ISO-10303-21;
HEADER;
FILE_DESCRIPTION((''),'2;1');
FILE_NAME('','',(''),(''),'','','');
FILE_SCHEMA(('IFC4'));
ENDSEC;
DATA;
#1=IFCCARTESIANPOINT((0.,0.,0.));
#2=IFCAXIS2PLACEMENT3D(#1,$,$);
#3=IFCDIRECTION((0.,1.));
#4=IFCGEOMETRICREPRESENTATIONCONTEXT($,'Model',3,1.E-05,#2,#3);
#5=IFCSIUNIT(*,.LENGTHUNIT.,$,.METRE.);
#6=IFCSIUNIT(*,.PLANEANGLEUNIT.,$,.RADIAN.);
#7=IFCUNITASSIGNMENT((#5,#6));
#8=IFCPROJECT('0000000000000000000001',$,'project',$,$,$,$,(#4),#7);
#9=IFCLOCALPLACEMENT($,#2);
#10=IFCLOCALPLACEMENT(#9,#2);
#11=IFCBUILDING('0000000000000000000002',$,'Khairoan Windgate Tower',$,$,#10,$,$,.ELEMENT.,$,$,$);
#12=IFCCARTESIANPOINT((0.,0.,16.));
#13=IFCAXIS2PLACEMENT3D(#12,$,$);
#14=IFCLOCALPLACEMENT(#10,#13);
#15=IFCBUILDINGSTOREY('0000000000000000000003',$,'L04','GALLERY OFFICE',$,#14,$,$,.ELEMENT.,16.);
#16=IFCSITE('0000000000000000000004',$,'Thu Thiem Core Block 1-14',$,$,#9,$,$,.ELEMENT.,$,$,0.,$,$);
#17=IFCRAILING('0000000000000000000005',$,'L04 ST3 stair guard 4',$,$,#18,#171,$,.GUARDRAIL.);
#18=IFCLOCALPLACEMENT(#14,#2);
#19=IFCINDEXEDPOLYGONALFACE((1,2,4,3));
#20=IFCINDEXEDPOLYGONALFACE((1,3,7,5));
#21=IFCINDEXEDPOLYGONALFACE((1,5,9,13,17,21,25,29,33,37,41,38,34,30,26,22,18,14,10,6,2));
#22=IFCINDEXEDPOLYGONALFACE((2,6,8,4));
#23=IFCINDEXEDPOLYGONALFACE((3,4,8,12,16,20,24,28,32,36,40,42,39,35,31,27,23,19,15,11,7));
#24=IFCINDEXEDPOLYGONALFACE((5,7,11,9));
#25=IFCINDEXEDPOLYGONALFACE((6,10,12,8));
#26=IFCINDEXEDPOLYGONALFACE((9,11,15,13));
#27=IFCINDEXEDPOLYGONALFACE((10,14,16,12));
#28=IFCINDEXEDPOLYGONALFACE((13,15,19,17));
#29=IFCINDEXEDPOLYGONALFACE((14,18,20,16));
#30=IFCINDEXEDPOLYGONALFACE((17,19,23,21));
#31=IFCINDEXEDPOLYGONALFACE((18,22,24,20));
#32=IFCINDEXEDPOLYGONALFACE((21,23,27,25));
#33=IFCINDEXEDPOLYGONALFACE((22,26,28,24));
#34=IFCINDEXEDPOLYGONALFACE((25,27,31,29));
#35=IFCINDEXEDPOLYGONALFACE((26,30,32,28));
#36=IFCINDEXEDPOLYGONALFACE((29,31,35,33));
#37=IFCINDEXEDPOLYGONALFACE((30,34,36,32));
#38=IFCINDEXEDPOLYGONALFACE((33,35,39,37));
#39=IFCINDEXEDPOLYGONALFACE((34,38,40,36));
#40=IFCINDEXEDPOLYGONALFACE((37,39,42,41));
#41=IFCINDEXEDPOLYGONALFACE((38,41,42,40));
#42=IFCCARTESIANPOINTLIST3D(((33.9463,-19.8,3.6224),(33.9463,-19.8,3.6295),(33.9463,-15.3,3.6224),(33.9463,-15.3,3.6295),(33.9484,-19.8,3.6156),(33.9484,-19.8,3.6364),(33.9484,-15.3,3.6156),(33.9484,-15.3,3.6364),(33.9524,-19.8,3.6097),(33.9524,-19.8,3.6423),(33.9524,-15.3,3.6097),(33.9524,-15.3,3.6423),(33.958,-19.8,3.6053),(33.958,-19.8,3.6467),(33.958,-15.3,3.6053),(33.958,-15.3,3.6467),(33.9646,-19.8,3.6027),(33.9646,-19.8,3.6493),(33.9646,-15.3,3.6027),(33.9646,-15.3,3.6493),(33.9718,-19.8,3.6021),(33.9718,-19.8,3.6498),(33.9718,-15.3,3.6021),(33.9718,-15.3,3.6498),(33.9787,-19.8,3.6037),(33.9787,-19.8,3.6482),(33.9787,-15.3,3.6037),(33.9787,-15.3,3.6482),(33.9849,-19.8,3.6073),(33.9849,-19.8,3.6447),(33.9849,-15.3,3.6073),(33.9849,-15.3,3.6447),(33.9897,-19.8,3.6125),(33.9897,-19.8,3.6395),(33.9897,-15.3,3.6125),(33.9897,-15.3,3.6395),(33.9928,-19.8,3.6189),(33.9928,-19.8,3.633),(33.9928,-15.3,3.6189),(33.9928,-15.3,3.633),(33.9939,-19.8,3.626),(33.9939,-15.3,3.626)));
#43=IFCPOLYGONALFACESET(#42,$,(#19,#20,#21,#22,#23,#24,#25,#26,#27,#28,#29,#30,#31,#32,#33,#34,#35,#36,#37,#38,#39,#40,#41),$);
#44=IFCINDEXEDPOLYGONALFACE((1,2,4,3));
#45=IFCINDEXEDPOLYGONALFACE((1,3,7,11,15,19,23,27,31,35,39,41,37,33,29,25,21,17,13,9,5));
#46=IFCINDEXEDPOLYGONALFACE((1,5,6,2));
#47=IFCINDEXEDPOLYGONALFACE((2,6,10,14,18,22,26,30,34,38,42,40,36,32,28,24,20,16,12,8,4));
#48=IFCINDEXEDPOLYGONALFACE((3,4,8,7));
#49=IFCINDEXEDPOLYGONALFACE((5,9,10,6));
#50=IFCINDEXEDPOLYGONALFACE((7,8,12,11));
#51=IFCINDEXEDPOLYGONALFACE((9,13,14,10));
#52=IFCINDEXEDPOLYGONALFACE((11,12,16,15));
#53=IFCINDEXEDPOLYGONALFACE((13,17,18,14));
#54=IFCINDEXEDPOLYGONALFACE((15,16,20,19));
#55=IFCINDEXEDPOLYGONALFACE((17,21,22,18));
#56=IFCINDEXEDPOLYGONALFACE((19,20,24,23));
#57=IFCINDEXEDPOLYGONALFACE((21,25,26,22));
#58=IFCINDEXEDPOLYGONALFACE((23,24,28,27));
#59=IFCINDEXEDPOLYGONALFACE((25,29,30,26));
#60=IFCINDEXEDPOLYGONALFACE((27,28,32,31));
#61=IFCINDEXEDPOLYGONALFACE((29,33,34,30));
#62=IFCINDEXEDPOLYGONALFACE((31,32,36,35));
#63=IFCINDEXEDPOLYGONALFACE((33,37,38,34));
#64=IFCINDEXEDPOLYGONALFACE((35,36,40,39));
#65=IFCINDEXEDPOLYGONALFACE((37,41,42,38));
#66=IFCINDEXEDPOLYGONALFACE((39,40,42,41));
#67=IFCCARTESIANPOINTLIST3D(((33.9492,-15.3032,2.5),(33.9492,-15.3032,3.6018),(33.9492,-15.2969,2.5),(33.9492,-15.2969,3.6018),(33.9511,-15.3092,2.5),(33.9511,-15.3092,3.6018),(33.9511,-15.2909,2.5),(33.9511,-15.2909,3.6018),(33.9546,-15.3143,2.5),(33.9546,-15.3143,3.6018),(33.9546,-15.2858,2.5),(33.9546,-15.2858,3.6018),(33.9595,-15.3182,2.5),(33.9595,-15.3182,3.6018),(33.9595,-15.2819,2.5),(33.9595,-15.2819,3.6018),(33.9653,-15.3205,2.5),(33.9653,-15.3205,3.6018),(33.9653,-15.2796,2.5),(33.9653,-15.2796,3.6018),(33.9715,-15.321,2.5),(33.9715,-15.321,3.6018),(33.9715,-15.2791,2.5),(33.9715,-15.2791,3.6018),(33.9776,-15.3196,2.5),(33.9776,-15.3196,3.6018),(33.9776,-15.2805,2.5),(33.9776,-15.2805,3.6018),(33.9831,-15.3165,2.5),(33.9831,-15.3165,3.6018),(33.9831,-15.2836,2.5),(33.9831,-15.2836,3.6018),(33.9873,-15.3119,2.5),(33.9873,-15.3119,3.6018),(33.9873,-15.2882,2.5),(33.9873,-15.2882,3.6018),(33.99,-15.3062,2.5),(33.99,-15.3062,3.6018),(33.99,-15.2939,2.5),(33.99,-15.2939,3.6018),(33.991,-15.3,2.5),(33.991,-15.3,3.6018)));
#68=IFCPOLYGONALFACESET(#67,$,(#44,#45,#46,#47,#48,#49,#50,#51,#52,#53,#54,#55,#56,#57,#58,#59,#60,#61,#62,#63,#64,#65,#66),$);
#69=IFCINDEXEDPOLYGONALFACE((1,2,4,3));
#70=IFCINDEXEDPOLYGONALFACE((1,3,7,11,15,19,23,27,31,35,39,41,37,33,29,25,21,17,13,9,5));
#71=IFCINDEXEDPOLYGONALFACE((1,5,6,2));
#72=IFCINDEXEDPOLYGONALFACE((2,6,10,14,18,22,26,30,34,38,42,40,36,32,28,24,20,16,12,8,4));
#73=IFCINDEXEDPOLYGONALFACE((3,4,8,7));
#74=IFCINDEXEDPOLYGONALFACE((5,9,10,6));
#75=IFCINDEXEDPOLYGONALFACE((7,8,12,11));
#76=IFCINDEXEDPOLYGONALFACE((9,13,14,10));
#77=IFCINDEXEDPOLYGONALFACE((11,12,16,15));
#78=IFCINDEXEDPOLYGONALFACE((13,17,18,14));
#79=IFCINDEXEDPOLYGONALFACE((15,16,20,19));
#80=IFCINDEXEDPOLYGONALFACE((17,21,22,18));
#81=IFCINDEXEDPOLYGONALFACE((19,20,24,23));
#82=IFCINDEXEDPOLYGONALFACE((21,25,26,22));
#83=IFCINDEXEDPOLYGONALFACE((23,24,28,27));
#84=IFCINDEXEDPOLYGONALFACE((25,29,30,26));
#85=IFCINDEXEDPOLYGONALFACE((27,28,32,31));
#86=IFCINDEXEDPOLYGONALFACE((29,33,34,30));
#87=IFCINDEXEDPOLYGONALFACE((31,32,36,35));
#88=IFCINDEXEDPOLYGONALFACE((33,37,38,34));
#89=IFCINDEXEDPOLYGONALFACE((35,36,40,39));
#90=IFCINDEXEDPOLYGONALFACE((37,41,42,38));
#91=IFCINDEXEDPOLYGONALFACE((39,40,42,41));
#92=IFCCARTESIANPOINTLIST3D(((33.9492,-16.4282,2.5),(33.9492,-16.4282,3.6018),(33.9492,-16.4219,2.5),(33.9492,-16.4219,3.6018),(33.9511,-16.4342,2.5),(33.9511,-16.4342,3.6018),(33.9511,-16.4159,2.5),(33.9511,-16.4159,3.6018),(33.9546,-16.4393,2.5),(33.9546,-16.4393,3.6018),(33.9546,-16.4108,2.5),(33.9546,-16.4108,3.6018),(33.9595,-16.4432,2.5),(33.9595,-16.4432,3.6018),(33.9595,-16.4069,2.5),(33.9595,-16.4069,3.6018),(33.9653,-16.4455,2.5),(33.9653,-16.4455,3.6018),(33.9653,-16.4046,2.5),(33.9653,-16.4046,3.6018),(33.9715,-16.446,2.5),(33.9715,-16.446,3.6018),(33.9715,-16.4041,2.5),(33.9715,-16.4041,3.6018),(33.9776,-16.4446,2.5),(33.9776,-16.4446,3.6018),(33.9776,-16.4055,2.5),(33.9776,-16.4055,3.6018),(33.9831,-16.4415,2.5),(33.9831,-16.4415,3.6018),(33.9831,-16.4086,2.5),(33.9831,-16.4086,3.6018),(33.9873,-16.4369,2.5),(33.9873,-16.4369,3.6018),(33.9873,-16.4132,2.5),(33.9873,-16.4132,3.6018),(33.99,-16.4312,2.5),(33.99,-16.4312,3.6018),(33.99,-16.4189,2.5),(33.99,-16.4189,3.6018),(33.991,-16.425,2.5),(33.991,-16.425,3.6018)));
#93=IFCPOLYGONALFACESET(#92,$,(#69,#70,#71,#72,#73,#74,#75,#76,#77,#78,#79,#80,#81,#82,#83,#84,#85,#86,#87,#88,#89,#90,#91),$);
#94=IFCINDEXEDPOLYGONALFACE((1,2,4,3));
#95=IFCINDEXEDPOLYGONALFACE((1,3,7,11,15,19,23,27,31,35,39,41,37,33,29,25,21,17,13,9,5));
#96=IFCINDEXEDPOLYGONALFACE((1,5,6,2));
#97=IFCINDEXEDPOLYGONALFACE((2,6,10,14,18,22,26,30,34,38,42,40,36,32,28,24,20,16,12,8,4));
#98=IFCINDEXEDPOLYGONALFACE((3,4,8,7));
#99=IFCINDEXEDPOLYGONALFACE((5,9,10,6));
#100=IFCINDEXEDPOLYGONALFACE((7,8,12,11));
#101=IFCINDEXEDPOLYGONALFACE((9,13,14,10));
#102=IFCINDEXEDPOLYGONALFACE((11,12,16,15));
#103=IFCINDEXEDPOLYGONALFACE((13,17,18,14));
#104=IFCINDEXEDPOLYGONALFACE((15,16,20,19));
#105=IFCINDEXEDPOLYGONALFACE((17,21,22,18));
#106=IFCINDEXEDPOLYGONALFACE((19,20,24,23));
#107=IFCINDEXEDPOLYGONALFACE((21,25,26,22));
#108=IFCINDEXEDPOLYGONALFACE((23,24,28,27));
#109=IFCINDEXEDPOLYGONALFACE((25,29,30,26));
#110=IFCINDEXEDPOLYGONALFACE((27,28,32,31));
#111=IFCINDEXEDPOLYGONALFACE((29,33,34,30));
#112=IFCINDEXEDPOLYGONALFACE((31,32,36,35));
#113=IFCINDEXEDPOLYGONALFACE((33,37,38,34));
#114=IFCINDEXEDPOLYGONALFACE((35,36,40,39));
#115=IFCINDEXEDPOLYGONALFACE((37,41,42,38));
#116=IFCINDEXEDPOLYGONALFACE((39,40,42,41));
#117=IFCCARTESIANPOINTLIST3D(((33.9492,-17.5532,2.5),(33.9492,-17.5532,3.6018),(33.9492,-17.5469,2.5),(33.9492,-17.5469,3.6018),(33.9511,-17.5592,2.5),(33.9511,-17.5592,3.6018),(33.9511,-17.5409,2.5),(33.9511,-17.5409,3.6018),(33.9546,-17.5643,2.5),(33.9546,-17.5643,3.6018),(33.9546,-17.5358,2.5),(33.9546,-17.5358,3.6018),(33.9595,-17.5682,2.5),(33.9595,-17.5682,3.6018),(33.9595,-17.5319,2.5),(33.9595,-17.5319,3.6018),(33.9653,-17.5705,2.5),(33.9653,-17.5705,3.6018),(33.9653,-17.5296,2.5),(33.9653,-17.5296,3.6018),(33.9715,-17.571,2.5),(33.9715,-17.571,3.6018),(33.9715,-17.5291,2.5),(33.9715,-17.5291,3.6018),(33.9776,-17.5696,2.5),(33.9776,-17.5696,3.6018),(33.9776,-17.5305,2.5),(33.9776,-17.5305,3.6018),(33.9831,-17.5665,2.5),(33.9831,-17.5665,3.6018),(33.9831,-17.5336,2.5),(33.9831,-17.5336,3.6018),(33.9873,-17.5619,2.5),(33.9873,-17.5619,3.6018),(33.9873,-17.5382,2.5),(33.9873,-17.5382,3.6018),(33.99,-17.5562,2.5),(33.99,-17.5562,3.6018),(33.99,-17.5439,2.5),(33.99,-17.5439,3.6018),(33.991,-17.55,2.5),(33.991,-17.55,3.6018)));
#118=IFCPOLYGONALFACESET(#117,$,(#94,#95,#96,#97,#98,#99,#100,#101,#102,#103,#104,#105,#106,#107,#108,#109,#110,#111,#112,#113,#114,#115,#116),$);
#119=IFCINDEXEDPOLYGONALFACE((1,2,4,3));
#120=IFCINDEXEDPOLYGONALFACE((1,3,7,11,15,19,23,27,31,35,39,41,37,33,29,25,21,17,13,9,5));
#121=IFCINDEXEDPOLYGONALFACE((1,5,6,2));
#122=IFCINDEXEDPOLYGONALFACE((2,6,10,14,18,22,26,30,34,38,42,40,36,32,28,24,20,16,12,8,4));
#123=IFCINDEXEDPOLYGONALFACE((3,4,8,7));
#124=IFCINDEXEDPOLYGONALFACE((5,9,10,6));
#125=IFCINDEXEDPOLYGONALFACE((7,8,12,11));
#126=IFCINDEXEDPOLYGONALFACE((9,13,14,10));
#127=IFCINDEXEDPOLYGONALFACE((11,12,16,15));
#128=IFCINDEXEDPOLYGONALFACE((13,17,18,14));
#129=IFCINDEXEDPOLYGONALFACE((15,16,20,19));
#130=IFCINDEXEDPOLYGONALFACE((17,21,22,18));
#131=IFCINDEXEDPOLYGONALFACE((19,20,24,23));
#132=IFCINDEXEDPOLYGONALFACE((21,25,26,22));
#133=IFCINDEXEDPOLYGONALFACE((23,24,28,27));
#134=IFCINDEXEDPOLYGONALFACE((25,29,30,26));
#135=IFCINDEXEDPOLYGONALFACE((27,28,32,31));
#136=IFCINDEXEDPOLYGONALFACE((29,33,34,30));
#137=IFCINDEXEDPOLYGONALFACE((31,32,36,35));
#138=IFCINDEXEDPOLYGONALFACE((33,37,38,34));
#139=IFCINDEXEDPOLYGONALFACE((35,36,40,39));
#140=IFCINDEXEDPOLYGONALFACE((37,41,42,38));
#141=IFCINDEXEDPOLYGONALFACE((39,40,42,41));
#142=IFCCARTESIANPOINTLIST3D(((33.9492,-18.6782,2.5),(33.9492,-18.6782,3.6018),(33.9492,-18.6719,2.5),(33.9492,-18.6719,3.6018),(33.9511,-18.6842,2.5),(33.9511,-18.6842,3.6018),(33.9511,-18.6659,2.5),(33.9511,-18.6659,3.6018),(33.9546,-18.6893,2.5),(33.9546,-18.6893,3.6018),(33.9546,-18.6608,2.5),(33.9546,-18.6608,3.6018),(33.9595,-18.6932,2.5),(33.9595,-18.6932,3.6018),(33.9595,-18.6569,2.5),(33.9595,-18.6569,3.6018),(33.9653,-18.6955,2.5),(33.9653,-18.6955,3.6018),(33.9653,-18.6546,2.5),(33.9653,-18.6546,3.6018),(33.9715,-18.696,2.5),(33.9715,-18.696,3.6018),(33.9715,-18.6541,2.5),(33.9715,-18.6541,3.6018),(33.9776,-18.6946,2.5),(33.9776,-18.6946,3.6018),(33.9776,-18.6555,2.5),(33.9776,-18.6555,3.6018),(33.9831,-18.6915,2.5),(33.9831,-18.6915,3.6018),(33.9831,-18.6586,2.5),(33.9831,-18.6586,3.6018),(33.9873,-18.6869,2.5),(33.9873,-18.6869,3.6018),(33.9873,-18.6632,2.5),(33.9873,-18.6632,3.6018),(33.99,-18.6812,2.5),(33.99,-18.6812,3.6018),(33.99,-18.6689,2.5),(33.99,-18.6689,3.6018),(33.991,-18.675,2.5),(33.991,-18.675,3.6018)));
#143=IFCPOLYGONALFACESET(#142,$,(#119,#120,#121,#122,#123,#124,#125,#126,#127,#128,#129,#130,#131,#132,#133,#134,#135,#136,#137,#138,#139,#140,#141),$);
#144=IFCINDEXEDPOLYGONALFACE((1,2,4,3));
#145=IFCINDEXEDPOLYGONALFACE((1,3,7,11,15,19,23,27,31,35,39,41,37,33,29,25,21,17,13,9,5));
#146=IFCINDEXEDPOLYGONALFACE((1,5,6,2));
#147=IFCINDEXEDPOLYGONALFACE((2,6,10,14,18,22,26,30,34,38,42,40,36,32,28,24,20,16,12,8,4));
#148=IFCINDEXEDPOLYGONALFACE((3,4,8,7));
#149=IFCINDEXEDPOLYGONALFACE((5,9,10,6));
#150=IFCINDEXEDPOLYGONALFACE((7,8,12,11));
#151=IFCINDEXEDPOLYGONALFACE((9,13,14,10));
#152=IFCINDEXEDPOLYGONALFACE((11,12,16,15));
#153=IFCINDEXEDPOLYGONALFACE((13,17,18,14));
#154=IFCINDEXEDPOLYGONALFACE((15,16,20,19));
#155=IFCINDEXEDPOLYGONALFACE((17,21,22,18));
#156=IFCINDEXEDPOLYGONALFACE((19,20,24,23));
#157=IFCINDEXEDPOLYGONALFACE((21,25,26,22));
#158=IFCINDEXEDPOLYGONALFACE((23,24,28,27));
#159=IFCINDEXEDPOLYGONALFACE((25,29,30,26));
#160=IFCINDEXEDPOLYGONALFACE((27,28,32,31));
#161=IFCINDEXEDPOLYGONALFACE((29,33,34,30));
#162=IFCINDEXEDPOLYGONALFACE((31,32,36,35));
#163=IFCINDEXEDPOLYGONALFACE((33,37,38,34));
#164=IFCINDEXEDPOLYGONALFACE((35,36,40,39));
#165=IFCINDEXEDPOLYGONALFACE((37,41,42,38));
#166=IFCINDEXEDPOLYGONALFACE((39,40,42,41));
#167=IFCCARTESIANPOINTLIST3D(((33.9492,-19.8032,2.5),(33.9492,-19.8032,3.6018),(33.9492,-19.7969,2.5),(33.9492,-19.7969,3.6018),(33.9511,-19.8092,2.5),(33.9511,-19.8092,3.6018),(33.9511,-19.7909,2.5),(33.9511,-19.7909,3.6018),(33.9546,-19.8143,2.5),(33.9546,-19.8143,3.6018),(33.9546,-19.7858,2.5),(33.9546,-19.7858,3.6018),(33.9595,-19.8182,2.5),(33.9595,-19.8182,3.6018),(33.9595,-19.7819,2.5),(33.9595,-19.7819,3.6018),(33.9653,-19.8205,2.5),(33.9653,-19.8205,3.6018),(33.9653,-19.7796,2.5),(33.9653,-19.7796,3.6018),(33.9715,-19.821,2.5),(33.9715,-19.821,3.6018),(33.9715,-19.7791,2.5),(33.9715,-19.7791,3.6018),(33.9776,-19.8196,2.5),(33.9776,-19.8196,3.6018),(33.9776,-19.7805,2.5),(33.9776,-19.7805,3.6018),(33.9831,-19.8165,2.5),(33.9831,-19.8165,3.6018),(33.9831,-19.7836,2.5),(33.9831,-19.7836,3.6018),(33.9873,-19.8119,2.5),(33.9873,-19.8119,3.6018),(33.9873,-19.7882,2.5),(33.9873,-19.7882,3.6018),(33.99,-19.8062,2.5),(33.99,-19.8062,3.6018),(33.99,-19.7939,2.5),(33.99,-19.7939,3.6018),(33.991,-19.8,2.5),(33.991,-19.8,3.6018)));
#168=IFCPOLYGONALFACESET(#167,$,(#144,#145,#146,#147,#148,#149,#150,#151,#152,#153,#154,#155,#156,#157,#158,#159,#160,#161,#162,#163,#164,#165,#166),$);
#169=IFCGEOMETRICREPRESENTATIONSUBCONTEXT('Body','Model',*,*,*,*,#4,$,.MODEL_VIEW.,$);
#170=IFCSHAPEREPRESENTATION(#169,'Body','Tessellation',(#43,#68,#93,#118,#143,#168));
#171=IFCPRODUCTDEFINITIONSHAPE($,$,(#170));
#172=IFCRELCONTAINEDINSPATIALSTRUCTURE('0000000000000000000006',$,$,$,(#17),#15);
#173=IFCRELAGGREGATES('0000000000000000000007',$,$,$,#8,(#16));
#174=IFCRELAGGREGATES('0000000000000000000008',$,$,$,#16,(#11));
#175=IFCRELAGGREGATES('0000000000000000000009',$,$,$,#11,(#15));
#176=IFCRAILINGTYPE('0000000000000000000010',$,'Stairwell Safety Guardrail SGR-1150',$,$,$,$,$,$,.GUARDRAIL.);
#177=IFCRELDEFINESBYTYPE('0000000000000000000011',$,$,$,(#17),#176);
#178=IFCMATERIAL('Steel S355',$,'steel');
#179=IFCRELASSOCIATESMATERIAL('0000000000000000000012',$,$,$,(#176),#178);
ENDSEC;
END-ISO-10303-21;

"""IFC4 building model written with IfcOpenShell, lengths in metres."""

from ifc_helpers import new_model, si_unit, direction, frame, origin, origin_2d, place, context, subcontext, project, spatial, circle, extrude, material, type_object, element, save


model = new_model("IFC4")

# Units and contexts
model_context = context("Model", 3, precision=1e-05, world=origin(), true_north=direction((0.0, 1.0)))
body_context = subcontext(model_context, "Body", "Model", "MODEL_VIEW")
ifc_project = project(units=[si_unit("LENGTHUNIT", "METRE"), si_unit("PLANEANGLEUNIT", "RADIAN")], contexts=[model_context])

# Site, building, storey
site_placement = place(None, origin())
site = spatial("IfcSite", under=ifc_project, at=site_placement, Name="Thu Thiem Core Block 1-14", CompositionType="ELEMENT", RefElevation=0.0)
building_placement = place(site_placement, origin())
building = spatial("IfcBuilding", under=site, at=building_placement, Name="Khairoan Windgate Tower", CompositionType="ELEMENT")
storey_placement = place(building_placement, frame((0.0, 0.0, 16.0)))
storey = spatial("IfcBuildingStorey", under=building, at=storey_placement, Name="L04", Description="GALLERY OFFICE", CompositionType="ELEMENT", Elevation=16.0)

# Railing
ifc_material_1 = material(Name="Steel S355", Category="steel")
railing_type_1 = type_object("IfcRailingType", Name="Stairwell Safety Guardrail SGR-1150", PredefinedType="GUARDRAIL", material=ifc_material_1)
for number, where, name in (
    (1, (33.97, -15.3, 2.5), "L04 ST3 stair guard 4"),
):
    element("IfcRailing", number, at=place(storey_placement, frame(where)), inside=storey, type_object=railing_type_1, Name=name, PredefinedType="GUARDRAIL", context=body_context, shape_type="SweptSolid", body=[
        extrude(circle(Radius=0.0239, at=origin_2d()), frame((0.0, 0.0, 1.126), z_axis=(0.0, -1.0, 0.0), x_axis=(1.0, 0.0, 0.0)), (0.0, 0.0, 1.0), 4.5),
        extrude(circle(Radius=0.021, at=origin_2d()), origin(), (0.0, 0.0, 1.0), 1.1018),
        extrude(circle(Radius=0.021, at=origin_2d()), frame((0.0, -1.125, 0.0)), (0.0, 0.0, 1.0), 1.1018),
        extrude(circle(Radius=0.021, at=origin_2d()), frame((0.0, -2.25, 0.0)), (0.0, 0.0, 1.0), 1.1018),
        extrude(circle(Radius=0.021, at=origin_2d()), frame((0.0, -3.375, 0.0)), (0.0, 0.0, 1.0), 1.1018),
        extrude(circle(Radius=0.021, at=origin_2d()), frame((0.0, -4.5, 0.0)), (0.0, 0.0, 1.0), 1.1018),
    ])

save(model, "model.ifc")
